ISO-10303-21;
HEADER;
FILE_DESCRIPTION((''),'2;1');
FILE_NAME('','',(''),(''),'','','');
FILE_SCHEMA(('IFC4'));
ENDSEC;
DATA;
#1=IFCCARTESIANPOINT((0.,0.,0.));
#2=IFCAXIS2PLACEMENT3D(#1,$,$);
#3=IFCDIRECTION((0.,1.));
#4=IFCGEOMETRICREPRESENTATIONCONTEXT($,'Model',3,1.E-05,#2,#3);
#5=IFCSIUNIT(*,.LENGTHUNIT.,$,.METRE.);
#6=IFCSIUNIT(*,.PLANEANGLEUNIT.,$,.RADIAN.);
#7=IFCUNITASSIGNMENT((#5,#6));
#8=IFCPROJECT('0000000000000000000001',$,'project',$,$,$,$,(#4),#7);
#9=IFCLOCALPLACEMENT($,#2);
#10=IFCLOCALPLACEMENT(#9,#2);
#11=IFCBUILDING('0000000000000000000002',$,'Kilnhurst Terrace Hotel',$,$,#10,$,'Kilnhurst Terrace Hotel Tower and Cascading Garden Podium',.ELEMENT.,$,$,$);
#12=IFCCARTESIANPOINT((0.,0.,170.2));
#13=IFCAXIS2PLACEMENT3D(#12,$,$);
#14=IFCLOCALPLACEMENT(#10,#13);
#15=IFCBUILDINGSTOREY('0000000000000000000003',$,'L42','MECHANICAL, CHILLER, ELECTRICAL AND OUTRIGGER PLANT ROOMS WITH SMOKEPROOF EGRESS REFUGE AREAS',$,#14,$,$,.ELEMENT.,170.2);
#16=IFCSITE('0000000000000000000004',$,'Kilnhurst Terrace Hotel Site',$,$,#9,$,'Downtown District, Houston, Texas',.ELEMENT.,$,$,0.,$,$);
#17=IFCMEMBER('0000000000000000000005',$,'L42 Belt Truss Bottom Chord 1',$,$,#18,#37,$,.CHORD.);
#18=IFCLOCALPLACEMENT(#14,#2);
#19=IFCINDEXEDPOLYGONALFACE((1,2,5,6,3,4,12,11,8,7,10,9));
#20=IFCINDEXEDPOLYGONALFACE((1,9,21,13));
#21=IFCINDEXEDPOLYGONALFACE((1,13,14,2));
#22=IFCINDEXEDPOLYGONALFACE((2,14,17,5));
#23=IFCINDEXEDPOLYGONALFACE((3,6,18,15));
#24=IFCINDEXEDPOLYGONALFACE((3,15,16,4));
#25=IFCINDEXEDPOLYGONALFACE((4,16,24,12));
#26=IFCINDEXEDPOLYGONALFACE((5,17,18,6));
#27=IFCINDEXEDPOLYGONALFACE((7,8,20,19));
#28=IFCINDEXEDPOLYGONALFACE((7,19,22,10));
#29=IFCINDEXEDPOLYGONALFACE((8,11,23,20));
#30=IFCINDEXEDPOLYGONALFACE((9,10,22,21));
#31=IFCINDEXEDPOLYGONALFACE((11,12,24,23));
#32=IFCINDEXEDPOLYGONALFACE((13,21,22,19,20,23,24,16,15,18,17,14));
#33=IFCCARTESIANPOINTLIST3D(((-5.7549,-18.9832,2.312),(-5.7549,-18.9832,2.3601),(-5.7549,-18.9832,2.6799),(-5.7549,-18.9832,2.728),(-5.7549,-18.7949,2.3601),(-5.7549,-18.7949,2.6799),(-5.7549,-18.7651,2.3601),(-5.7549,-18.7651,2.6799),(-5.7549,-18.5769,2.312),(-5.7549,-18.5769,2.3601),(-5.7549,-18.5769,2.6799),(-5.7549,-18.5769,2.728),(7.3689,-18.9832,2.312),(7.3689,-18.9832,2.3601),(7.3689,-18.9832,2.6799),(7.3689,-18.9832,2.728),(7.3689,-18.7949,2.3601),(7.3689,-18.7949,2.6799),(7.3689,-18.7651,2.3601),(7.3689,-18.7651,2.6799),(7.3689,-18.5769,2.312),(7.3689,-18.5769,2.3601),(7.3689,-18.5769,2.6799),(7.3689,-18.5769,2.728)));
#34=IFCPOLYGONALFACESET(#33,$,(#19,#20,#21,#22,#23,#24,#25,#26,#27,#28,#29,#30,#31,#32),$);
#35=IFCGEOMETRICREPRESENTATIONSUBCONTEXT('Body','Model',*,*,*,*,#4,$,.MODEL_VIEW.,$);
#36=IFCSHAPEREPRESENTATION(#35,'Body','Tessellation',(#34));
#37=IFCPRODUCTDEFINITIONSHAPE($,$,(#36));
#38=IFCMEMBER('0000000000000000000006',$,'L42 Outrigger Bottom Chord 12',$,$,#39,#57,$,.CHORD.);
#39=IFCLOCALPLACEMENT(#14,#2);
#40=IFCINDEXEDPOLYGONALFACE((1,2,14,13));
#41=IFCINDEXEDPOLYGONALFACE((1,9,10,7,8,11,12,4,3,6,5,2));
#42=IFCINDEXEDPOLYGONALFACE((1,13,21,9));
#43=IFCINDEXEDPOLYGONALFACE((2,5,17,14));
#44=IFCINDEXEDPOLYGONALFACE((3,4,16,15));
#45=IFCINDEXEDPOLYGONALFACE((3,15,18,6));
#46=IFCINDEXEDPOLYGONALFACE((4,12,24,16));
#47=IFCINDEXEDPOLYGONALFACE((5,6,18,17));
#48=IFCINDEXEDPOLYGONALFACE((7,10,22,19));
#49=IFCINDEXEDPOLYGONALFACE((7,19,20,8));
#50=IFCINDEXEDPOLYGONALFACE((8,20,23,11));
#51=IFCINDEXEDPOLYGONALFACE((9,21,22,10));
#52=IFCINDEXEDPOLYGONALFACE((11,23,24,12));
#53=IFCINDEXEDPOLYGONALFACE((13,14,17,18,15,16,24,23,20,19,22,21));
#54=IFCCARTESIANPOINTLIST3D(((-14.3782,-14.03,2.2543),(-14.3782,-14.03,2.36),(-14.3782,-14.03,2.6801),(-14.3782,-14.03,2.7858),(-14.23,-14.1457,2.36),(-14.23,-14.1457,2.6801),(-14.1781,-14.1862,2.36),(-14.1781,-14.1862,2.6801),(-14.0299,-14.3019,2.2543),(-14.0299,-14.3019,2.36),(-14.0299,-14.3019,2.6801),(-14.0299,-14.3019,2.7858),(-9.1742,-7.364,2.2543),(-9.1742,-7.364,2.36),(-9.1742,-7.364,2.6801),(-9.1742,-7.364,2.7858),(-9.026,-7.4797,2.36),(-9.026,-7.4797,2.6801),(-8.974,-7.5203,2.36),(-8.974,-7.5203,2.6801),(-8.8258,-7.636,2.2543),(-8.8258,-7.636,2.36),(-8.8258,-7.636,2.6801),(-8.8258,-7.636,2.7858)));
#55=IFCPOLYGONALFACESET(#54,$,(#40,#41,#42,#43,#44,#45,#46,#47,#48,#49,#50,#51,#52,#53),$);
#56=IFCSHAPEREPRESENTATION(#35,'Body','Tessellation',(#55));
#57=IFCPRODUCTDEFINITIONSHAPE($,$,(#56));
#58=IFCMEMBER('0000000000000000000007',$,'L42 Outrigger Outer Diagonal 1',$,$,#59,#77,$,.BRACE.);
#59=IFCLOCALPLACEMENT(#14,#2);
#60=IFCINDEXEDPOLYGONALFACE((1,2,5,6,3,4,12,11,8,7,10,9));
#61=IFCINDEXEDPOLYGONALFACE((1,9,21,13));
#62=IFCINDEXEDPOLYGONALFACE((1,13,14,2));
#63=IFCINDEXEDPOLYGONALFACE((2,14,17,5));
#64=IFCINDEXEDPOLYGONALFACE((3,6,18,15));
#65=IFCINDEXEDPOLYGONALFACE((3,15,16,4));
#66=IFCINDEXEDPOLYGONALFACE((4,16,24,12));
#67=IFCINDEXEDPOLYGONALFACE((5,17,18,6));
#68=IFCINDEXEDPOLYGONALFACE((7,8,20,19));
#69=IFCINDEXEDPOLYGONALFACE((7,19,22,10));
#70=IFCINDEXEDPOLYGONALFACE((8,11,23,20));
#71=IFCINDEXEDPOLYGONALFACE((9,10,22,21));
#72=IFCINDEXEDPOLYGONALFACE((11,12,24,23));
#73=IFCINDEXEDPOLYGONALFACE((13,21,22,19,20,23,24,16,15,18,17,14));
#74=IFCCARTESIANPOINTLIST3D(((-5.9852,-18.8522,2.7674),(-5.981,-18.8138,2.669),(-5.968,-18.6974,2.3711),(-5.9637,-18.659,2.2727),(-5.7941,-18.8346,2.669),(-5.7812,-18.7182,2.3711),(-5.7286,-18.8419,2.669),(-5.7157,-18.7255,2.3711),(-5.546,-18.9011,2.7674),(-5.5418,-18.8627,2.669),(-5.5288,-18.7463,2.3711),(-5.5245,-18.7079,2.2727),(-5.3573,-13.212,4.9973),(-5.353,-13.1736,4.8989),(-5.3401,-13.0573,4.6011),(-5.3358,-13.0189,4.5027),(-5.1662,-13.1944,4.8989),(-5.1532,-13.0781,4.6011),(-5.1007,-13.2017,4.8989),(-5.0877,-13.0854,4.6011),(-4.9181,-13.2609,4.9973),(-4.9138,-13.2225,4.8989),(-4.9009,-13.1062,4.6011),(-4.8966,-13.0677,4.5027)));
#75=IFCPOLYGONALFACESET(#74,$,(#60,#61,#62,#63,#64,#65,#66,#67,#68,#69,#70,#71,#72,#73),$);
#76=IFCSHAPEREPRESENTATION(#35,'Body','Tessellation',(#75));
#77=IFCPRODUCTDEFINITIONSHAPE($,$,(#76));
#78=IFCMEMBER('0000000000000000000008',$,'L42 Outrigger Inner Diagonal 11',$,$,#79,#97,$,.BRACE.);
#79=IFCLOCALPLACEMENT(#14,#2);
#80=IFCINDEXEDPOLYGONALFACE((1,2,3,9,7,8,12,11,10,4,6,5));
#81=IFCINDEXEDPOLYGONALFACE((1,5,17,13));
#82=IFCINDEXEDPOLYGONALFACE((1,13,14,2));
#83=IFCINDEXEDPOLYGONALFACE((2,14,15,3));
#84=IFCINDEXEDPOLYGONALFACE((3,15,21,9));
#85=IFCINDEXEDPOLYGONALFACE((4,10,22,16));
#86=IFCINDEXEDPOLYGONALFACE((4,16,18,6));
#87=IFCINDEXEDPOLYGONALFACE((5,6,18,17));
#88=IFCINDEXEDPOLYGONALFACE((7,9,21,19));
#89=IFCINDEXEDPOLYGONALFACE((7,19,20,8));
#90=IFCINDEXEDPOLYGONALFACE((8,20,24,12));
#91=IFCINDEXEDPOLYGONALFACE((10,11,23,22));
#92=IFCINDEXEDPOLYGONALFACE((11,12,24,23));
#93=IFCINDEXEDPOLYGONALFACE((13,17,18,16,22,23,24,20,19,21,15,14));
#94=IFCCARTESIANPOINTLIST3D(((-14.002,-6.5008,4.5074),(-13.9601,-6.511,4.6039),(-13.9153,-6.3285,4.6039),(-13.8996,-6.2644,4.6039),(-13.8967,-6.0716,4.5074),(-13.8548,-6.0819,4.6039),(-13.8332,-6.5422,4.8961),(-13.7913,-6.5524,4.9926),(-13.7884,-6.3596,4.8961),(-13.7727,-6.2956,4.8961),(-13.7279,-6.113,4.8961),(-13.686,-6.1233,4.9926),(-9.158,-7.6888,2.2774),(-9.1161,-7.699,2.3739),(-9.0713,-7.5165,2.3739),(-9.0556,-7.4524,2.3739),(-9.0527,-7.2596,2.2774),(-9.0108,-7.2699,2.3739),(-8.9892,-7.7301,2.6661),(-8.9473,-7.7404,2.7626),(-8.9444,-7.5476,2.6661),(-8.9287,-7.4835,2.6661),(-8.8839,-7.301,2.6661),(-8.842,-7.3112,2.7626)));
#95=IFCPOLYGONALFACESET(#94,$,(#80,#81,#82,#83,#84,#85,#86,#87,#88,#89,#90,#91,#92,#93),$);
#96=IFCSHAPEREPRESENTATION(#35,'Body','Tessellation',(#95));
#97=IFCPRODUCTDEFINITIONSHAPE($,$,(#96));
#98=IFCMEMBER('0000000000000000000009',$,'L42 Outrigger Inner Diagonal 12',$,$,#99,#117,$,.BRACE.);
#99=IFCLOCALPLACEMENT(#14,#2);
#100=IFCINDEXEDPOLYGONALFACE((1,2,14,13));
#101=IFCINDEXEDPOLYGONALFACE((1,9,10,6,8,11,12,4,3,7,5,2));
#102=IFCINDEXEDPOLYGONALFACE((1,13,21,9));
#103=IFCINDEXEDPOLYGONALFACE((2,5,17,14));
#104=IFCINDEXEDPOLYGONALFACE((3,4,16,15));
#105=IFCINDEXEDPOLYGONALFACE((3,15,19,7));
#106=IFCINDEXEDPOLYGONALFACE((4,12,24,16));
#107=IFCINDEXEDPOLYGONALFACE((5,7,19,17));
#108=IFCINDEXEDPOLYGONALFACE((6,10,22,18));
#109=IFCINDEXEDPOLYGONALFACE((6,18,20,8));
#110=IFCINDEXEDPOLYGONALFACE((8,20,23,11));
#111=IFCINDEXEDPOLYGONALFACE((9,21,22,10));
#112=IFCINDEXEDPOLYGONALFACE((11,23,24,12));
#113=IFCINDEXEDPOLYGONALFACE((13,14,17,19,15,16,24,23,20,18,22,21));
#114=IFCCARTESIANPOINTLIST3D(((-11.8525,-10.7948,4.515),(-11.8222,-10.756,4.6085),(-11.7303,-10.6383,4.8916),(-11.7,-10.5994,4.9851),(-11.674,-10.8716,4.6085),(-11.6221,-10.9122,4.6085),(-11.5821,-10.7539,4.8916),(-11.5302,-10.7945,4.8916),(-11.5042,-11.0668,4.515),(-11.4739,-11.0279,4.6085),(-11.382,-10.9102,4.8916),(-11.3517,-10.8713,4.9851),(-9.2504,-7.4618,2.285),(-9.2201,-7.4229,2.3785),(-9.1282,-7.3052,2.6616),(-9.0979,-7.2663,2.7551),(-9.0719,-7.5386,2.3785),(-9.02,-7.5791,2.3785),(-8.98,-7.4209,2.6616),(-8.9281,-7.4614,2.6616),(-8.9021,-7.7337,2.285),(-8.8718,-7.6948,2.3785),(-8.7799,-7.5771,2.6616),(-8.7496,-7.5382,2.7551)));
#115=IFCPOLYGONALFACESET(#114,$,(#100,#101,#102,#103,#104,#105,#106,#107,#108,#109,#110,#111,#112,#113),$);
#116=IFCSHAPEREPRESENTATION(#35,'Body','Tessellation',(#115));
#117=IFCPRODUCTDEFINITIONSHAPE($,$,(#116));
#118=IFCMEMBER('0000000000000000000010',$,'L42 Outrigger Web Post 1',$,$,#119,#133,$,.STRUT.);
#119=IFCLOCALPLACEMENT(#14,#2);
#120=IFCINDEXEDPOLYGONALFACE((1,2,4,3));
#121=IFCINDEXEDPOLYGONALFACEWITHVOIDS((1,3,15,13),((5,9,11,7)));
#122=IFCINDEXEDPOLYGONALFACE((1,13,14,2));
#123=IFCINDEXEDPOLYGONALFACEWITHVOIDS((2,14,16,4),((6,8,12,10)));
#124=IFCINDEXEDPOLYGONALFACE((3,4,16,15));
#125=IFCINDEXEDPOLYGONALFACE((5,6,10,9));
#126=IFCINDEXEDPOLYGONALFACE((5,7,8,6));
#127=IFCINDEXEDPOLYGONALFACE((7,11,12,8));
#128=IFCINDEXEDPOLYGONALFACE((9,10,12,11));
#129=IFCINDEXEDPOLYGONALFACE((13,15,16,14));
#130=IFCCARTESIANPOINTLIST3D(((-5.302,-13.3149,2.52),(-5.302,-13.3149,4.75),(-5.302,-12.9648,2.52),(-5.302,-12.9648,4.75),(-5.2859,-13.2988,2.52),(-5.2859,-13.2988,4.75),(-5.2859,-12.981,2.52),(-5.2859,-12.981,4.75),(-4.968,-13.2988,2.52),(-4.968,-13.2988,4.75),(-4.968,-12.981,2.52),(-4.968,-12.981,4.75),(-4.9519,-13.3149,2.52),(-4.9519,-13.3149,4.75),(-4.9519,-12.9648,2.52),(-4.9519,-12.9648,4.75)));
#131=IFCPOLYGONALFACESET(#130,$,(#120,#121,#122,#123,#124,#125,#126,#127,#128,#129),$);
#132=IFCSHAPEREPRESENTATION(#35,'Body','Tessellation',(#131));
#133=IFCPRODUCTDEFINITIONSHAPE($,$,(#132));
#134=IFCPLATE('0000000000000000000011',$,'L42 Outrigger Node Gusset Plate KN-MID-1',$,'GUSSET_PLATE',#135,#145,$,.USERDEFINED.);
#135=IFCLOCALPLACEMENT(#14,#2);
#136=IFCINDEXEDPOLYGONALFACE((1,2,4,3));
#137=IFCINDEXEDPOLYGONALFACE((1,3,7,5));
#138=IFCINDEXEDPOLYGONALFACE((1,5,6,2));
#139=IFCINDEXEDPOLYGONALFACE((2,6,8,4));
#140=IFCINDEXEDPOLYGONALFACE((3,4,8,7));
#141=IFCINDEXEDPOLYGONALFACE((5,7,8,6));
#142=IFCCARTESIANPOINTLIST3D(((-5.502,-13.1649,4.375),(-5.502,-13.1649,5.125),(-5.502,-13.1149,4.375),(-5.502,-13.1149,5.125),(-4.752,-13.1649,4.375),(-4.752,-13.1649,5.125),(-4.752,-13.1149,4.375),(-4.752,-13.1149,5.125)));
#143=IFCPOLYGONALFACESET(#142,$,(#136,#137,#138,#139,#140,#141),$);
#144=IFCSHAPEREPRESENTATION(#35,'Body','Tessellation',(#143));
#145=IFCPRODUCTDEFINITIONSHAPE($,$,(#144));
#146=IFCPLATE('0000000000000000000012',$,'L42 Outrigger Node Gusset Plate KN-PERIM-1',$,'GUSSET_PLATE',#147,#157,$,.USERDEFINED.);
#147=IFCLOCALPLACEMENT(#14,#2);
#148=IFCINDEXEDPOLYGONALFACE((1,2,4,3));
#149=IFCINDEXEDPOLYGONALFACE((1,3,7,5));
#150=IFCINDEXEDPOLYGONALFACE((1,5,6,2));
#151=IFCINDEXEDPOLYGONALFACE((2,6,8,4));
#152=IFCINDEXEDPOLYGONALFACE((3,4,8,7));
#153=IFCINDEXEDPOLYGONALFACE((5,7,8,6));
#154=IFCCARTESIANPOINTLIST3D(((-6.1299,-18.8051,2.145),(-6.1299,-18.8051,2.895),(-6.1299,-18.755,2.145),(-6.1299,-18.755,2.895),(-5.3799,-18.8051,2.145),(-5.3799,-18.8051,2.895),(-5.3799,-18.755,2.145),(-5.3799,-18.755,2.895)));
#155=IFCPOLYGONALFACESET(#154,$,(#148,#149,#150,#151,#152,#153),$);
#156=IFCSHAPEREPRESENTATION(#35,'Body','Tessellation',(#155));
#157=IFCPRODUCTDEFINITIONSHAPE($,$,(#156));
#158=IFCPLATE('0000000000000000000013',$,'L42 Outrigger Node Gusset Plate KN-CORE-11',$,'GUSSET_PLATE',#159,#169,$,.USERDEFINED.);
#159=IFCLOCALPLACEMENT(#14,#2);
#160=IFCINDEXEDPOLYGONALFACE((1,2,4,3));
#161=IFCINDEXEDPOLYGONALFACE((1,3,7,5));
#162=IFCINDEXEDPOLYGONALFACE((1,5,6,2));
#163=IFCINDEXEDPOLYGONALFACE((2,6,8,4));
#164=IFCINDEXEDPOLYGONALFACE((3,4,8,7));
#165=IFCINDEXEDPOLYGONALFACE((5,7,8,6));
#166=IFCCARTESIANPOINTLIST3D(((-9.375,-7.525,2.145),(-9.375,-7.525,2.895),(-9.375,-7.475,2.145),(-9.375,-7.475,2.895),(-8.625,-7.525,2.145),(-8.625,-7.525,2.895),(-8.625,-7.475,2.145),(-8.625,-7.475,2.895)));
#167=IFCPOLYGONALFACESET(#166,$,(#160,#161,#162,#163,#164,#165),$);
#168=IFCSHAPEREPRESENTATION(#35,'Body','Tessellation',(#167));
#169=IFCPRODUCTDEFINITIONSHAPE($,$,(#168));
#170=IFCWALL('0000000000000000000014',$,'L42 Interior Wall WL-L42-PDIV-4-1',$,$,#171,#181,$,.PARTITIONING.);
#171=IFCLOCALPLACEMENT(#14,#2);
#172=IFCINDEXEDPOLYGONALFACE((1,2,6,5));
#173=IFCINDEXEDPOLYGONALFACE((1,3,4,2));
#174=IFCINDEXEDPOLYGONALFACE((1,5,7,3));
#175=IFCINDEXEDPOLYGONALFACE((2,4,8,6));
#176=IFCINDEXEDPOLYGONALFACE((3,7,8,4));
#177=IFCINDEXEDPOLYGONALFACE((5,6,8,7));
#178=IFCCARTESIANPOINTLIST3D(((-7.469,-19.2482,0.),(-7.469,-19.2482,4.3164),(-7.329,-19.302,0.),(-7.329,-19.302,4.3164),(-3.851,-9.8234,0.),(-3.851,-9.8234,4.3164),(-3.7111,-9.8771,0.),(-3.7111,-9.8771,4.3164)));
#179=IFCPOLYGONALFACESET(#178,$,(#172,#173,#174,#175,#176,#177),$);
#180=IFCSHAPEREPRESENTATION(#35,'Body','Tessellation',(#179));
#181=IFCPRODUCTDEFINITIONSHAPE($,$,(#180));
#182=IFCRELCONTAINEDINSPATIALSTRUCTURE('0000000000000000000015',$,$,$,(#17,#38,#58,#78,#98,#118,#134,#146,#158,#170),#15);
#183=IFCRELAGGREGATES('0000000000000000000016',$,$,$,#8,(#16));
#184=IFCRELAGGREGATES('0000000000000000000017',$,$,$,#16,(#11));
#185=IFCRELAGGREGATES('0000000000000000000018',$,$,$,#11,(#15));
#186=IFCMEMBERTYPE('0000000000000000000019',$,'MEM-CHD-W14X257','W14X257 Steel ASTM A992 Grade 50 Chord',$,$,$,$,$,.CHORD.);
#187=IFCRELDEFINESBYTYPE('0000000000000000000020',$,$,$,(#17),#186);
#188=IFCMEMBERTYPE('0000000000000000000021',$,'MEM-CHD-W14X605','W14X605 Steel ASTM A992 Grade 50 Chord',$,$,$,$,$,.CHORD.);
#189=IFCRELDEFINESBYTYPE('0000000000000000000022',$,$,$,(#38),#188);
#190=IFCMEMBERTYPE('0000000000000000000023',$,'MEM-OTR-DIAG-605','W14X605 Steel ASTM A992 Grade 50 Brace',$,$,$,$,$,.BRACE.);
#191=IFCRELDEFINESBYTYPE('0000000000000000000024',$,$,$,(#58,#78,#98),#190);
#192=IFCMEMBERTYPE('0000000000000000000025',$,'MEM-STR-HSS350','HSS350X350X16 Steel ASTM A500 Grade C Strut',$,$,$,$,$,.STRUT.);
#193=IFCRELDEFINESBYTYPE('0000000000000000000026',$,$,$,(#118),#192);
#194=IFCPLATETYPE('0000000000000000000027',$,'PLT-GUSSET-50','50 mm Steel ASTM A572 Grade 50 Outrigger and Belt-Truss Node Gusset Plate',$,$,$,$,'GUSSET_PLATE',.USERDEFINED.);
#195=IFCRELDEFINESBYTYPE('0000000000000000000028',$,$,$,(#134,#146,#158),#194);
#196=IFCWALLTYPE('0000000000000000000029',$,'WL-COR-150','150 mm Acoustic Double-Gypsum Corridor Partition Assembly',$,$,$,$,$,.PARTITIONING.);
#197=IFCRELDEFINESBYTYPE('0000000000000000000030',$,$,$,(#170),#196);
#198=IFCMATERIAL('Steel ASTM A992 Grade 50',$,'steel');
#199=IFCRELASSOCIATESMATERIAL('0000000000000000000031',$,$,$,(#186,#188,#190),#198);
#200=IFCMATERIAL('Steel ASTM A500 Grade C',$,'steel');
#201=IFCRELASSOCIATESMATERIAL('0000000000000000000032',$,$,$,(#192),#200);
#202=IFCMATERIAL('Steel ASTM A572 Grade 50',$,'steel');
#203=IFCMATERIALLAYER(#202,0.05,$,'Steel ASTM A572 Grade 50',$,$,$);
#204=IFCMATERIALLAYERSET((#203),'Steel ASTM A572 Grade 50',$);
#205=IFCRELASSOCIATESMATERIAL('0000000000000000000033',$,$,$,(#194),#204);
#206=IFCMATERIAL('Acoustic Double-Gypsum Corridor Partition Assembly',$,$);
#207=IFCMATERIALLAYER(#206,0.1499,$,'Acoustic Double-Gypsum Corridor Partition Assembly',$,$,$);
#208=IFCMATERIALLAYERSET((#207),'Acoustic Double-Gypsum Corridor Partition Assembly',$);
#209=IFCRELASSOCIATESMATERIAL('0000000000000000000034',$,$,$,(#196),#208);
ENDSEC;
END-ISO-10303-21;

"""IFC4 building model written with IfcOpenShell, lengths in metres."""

from ifc_helpers import new_model, si_unit, direction, frame, frame_2d, origin, origin_2d, place, context, subcontext, project, spatial, rectangle, hollow_rectangle, i_section, extrude, material, layer, layer_set, material_profile, profile_set, type_object, element, save


model = new_model("IFC4")

# Units and contexts
model_context = context("Model", 3, precision=1e-05, world=origin(), true_north=direction((0.0, 1.0)))
body_context = subcontext(model_context, "Body", "Model", "MODEL_VIEW")
ifc_project = project(units=[si_unit("LENGTHUNIT", "METRE"), si_unit("PLANEANGLEUNIT", "RADIAN")], contexts=[model_context])

# Site, building, storey
site_placement = place(None, origin())
site = spatial("IfcSite", under=ifc_project, at=site_placement, Name="Kilnhurst Terrace Hotel Site", LongName="Downtown District, Houston, Texas", CompositionType="ELEMENT", RefElevation=0.0)
building_placement = place(site_placement, origin())
building = spatial("IfcBuilding", under=site, at=building_placement, Name="Kilnhurst Terrace Hotel", LongName="Kilnhurst Terrace Hotel Tower and Cascading Garden Podium", CompositionType="ELEMENT")
storey_placement = place(building_placement, frame((0.0, 0.0, 170.2)))
storey = spatial("IfcBuildingStorey", under=building, at=storey_placement, Name="L42", Description="MECHANICAL, CHILLER, ELECTRICAL AND OUTRIGGER PLANT ROOMS WITH SMOKEPROOF EGRESS REFUGE AREAS", CompositionType="ELEMENT", Elevation=170.2)

# Shared definitions
ifc_material_1 = material(Name="Steel ASTM A992 Grade 50", Category="steel")

# Members
ifc_material_profile_1 = material_profile(ifc_material_1, i_section(OverallWidth=0.4062, OverallDepth=0.416, WebThickness=0.0298, FlangeThickness=0.0481, at=origin_2d()), Name="W14X257")
ifc_profile_set_1 = profile_set([ifc_material_profile_1], Name="Steel ASTM A992 Grade 50")
member_type_1 = type_object("IfcMemberType", Name="MEM-CHD-W14X257", Description="W14X257 Steel ASTM A992 Grade 50 Chord", PredefinedType="CHORD", material=ifc_profile_set_1)
member_1_placement = place(storey_placement, frame((-5.7549, -18.78, 2.52), z_axis=(1.0, 0.0, 0.0), x_axis=(0.0, 1.0, 0.0)))
element("IfcMember", 1, at=member_1_placement, inside=storey, type_object=member_type_1, Name="L42 Belt Truss Bottom Chord 1", PredefinedType="CHORD", context=body_context, shape_type="SweptSolid", body=[
    extrude(i_section(OverallWidth=0.4062, OverallDepth=0.416, WebThickness=0.0298, FlangeThickness=0.0481, at=origin_2d()), origin(), (0.0, 0.0, 1.0), 13.1238),
])
ifc_material_profile_2 = material_profile(ifc_material_1, i_section(OverallWidth=0.4419, OverallDepth=0.5315, WebThickness=0.0659, FlangeThickness=0.1057, at=origin_2d()), Name="W14X605")
ifc_profile_set_2 = profile_set([ifc_material_profile_2], Name="Steel ASTM A992 Grade 50")
member_type_2 = type_object("IfcMemberType", Name="MEM-CHD-W14X605", Description="W14X605 Steel ASTM A992 Grade 50 Chord", PredefinedType="CHORD", material=ifc_profile_set_2)
member_2_placement = place(storey_placement, frame((-9.0, -7.5, 2.52), z_axis=(-0.615371, -0.788238, 0.0), x_axis=(0.788238, -0.615371, 0.0)))
element("IfcMember", 2, at=member_2_placement, inside=storey, type_object=member_type_2, Name="L42 Outrigger Bottom Chord 12", PredefinedType="CHORD", context=body_context, shape_type="SweptSolid", body=[
    extrude(i_section(OverallWidth=0.4419, OverallDepth=0.5315, WebThickness=0.0659, FlangeThickness=0.1057, at=origin_2d()), origin(), (0.0, 0.0, 1.0), 8.4568),
])
ifc_material_profile_3 = material_profile(ifc_material_1, i_section(OverallWidth=0.4419, OverallDepth=0.5315, WebThickness=0.0659, FlangeThickness=0.1057, at=origin_2d()), Name="W14X605")
ifc_profile_set_3 = profile_set([ifc_material_profile_3], Name="Steel ASTM A992 Grade 50")
member_type_3 = type_object("IfcMemberType", Name="MEM-OTR-DIAG-605", Description="W14X605 Steel ASTM A992 Grade 50 Brace", PredefinedType="BRACE", material=ifc_profile_set_3)
member_3_placement = place(storey_placement, frame((-5.127, -13.1399, 4.75), z_axis=(-0.102983, -0.925007, -0.365727), x_axis=(0.99386, -0.110649, 0.0)))
element("IfcMember", 3, at=member_3_placement, inside=storey, type_object=member_type_3, Name="L42 Outrigger Outer Diagonal 1", PredefinedType="BRACE", context=body_context, shape_type="SweptSolid", body=[
    extrude(i_section(OverallWidth=0.4419, OverallDepth=0.5315, WebThickness=0.0659, FlangeThickness=0.1057, at=origin_2d()), origin(), (0.0, 0.0, 1.0), 6.0974),
])
member_4_placement = place(storey_placement, frame((-9.0, -7.5, 2.52), z_axis=(-0.886631, 0.217446, 0.408169), x_axis=(-0.238191, -0.971218, 0.0)))
element("IfcMember", 4, at=member_4_placement, inside=storey, type_object=member_type_3, Name="L42 Outrigger Inner Diagonal 11", PredefinedType="BRACE", context=body_context, shape_type="SweptSolid", body=[
    extrude(i_section(OverallWidth=0.4419, OverallDepth=0.5315, WebThickness=0.0659, FlangeThickness=0.1057, at=origin_2d()), origin(), (0.0, 0.0, 1.0), 5.4634),
])
member_5_placement = place(storey_placement, frame((-9.0, -7.5, 2.52), z_axis=(-0.544314, -0.697221, 0.466482), x_axis=(0.788238, -0.615371, 0.0)))
element("IfcMember", 5, at=member_5_placement, inside=storey, type_object=member_type_3, Name="L42 Outrigger Inner Diagonal 12", PredefinedType="BRACE", context=body_context, shape_type="SweptSolid", body=[
    extrude(i_section(OverallWidth=0.4419, OverallDepth=0.5315, WebThickness=0.0659, FlangeThickness=0.1057, at=origin_2d()), origin(), (0.0, 0.0, 1.0), 4.7805),
])
ifc_material_2 = material(Name="Steel ASTM A500 Grade C", Category="steel")
ifc_material_profile_4 = material_profile(ifc_material_2, hollow_rectangle(XDim=0.3501, YDim=0.3501, WallThickness=0.0161, at=origin_2d()), Name="HSS350X350X16")
ifc_profile_set_4 = profile_set([ifc_material_profile_4], Name="Steel ASTM A500 Grade C")
member_type_4 = type_object("IfcMemberType", Name="MEM-STR-HSS350", Description="HSS350X350X16 Steel ASTM A500 Grade C Strut", PredefinedType="STRUT", material=ifc_profile_set_4)
member_6_placement = place(storey_placement, frame((-5.127, -13.1399, 2.52), z_axis=(0.0, 0.0, 1.0), x_axis=(1.0, 0.0, 0.0)))
element("IfcMember", 6, at=member_6_placement, inside=storey, type_object=member_type_4, Name="L42 Outrigger Web Post 1", PredefinedType="STRUT", context=body_context, shape_type="SweptSolid", body=[
    extrude(hollow_rectangle(XDim=0.3501, YDim=0.3501, WallThickness=0.0161, at=origin_2d()), origin(), (0.0, 0.0, 1.0), 2.23),
])

# Plates
ifc_material_3 = material(Name="Steel ASTM A572 Grade 50", Category="steel")
ifc_layer_1 = layer(ifc_material_3, 0.05, Name="Steel ASTM A572 Grade 50")
ifc_layer_set_1 = layer_set([ifc_layer_1], Name="Steel ASTM A572 Grade 50")
plate_type = type_object("IfcPlateType", Name="PLT-GUSSET-50", Description="50 mm Steel ASTM A572 Grade 50 Outrigger and Belt-Truss Node Gusset Plate", ElementType="GUSSET_PLATE", PredefinedType="USERDEFINED", material=ifc_layer_set_1)
for number, where, z_axis, x_axis, name in (
    (7, (-5.127, -13.1399, 4.375), (0.0, 0.0, 1.0), (1.0, 0.0, 0.0), "L42 Outrigger Node Gusset Plate KN-MID-1"),
    (8, (-5.7549, -18.78, 2.145), (0.0, 0.0, 1.0), (1.0, 0.0, 0.0), "L42 Outrigger Node Gusset Plate KN-PERIM-1"),
    (9, (-9.0, -7.5, 2.145), (0.0, 0.0, 1.0), (1.0, 0.0, 0.0), "L42 Outrigger Node Gusset Plate KN-CORE-11"),
):
    element("IfcPlate", number, at=place(storey_placement, frame(where, z_axis=z_axis, x_axis=x_axis)), inside=storey, type_object=plate_type, Name=name, ObjectType="GUSSET_PLATE", PredefinedType="USERDEFINED", context=body_context, shape_type="SweptSolid", body=[
        extrude(rectangle(XDim=0.75, YDim=0.05, at=origin_2d()), origin(), (0.0, 0.0, 1.0), 0.75),
    ])

# Wall
ifc_material_4 = material(Name="Acoustic Double-Gypsum Corridor Partition Assembly")
ifc_layer_2 = layer(ifc_material_4, 0.1499, Name="Acoustic Double-Gypsum Corridor Partition Assembly")
ifc_layer_set_2 = layer_set([ifc_layer_2], Name="Acoustic Double-Gypsum Corridor Partition Assembly")
wall_type = type_object("IfcWallType", Name="WL-COR-150", Description="150 mm Acoustic Double-Gypsum Corridor Partition Assembly", PredefinedType="PARTITIONING", material=ifc_layer_set_2)
wall_placement = place(storey_placement, frame((-3.781, -9.8501, 0.0), z_axis=(0.0, 0.0, 1.0), x_axis=(-0.358375, -0.933578, 0.0)))
element("IfcWall", 10, at=wall_placement, inside=storey, type_object=wall_type, Name="L42 Interior Wall WL-L42-PDIV-4-1", PredefinedType="PARTITIONING", context=body_context, shape_type="SweptSolid", body=[
    extrude(rectangle(XDim=10.0955, YDim=0.1499, at=frame_2d((5.0479, 0.0))), origin(), (0.0, 0.0, 1.0), 4.3164),
])

save(model, "model.ifc")
